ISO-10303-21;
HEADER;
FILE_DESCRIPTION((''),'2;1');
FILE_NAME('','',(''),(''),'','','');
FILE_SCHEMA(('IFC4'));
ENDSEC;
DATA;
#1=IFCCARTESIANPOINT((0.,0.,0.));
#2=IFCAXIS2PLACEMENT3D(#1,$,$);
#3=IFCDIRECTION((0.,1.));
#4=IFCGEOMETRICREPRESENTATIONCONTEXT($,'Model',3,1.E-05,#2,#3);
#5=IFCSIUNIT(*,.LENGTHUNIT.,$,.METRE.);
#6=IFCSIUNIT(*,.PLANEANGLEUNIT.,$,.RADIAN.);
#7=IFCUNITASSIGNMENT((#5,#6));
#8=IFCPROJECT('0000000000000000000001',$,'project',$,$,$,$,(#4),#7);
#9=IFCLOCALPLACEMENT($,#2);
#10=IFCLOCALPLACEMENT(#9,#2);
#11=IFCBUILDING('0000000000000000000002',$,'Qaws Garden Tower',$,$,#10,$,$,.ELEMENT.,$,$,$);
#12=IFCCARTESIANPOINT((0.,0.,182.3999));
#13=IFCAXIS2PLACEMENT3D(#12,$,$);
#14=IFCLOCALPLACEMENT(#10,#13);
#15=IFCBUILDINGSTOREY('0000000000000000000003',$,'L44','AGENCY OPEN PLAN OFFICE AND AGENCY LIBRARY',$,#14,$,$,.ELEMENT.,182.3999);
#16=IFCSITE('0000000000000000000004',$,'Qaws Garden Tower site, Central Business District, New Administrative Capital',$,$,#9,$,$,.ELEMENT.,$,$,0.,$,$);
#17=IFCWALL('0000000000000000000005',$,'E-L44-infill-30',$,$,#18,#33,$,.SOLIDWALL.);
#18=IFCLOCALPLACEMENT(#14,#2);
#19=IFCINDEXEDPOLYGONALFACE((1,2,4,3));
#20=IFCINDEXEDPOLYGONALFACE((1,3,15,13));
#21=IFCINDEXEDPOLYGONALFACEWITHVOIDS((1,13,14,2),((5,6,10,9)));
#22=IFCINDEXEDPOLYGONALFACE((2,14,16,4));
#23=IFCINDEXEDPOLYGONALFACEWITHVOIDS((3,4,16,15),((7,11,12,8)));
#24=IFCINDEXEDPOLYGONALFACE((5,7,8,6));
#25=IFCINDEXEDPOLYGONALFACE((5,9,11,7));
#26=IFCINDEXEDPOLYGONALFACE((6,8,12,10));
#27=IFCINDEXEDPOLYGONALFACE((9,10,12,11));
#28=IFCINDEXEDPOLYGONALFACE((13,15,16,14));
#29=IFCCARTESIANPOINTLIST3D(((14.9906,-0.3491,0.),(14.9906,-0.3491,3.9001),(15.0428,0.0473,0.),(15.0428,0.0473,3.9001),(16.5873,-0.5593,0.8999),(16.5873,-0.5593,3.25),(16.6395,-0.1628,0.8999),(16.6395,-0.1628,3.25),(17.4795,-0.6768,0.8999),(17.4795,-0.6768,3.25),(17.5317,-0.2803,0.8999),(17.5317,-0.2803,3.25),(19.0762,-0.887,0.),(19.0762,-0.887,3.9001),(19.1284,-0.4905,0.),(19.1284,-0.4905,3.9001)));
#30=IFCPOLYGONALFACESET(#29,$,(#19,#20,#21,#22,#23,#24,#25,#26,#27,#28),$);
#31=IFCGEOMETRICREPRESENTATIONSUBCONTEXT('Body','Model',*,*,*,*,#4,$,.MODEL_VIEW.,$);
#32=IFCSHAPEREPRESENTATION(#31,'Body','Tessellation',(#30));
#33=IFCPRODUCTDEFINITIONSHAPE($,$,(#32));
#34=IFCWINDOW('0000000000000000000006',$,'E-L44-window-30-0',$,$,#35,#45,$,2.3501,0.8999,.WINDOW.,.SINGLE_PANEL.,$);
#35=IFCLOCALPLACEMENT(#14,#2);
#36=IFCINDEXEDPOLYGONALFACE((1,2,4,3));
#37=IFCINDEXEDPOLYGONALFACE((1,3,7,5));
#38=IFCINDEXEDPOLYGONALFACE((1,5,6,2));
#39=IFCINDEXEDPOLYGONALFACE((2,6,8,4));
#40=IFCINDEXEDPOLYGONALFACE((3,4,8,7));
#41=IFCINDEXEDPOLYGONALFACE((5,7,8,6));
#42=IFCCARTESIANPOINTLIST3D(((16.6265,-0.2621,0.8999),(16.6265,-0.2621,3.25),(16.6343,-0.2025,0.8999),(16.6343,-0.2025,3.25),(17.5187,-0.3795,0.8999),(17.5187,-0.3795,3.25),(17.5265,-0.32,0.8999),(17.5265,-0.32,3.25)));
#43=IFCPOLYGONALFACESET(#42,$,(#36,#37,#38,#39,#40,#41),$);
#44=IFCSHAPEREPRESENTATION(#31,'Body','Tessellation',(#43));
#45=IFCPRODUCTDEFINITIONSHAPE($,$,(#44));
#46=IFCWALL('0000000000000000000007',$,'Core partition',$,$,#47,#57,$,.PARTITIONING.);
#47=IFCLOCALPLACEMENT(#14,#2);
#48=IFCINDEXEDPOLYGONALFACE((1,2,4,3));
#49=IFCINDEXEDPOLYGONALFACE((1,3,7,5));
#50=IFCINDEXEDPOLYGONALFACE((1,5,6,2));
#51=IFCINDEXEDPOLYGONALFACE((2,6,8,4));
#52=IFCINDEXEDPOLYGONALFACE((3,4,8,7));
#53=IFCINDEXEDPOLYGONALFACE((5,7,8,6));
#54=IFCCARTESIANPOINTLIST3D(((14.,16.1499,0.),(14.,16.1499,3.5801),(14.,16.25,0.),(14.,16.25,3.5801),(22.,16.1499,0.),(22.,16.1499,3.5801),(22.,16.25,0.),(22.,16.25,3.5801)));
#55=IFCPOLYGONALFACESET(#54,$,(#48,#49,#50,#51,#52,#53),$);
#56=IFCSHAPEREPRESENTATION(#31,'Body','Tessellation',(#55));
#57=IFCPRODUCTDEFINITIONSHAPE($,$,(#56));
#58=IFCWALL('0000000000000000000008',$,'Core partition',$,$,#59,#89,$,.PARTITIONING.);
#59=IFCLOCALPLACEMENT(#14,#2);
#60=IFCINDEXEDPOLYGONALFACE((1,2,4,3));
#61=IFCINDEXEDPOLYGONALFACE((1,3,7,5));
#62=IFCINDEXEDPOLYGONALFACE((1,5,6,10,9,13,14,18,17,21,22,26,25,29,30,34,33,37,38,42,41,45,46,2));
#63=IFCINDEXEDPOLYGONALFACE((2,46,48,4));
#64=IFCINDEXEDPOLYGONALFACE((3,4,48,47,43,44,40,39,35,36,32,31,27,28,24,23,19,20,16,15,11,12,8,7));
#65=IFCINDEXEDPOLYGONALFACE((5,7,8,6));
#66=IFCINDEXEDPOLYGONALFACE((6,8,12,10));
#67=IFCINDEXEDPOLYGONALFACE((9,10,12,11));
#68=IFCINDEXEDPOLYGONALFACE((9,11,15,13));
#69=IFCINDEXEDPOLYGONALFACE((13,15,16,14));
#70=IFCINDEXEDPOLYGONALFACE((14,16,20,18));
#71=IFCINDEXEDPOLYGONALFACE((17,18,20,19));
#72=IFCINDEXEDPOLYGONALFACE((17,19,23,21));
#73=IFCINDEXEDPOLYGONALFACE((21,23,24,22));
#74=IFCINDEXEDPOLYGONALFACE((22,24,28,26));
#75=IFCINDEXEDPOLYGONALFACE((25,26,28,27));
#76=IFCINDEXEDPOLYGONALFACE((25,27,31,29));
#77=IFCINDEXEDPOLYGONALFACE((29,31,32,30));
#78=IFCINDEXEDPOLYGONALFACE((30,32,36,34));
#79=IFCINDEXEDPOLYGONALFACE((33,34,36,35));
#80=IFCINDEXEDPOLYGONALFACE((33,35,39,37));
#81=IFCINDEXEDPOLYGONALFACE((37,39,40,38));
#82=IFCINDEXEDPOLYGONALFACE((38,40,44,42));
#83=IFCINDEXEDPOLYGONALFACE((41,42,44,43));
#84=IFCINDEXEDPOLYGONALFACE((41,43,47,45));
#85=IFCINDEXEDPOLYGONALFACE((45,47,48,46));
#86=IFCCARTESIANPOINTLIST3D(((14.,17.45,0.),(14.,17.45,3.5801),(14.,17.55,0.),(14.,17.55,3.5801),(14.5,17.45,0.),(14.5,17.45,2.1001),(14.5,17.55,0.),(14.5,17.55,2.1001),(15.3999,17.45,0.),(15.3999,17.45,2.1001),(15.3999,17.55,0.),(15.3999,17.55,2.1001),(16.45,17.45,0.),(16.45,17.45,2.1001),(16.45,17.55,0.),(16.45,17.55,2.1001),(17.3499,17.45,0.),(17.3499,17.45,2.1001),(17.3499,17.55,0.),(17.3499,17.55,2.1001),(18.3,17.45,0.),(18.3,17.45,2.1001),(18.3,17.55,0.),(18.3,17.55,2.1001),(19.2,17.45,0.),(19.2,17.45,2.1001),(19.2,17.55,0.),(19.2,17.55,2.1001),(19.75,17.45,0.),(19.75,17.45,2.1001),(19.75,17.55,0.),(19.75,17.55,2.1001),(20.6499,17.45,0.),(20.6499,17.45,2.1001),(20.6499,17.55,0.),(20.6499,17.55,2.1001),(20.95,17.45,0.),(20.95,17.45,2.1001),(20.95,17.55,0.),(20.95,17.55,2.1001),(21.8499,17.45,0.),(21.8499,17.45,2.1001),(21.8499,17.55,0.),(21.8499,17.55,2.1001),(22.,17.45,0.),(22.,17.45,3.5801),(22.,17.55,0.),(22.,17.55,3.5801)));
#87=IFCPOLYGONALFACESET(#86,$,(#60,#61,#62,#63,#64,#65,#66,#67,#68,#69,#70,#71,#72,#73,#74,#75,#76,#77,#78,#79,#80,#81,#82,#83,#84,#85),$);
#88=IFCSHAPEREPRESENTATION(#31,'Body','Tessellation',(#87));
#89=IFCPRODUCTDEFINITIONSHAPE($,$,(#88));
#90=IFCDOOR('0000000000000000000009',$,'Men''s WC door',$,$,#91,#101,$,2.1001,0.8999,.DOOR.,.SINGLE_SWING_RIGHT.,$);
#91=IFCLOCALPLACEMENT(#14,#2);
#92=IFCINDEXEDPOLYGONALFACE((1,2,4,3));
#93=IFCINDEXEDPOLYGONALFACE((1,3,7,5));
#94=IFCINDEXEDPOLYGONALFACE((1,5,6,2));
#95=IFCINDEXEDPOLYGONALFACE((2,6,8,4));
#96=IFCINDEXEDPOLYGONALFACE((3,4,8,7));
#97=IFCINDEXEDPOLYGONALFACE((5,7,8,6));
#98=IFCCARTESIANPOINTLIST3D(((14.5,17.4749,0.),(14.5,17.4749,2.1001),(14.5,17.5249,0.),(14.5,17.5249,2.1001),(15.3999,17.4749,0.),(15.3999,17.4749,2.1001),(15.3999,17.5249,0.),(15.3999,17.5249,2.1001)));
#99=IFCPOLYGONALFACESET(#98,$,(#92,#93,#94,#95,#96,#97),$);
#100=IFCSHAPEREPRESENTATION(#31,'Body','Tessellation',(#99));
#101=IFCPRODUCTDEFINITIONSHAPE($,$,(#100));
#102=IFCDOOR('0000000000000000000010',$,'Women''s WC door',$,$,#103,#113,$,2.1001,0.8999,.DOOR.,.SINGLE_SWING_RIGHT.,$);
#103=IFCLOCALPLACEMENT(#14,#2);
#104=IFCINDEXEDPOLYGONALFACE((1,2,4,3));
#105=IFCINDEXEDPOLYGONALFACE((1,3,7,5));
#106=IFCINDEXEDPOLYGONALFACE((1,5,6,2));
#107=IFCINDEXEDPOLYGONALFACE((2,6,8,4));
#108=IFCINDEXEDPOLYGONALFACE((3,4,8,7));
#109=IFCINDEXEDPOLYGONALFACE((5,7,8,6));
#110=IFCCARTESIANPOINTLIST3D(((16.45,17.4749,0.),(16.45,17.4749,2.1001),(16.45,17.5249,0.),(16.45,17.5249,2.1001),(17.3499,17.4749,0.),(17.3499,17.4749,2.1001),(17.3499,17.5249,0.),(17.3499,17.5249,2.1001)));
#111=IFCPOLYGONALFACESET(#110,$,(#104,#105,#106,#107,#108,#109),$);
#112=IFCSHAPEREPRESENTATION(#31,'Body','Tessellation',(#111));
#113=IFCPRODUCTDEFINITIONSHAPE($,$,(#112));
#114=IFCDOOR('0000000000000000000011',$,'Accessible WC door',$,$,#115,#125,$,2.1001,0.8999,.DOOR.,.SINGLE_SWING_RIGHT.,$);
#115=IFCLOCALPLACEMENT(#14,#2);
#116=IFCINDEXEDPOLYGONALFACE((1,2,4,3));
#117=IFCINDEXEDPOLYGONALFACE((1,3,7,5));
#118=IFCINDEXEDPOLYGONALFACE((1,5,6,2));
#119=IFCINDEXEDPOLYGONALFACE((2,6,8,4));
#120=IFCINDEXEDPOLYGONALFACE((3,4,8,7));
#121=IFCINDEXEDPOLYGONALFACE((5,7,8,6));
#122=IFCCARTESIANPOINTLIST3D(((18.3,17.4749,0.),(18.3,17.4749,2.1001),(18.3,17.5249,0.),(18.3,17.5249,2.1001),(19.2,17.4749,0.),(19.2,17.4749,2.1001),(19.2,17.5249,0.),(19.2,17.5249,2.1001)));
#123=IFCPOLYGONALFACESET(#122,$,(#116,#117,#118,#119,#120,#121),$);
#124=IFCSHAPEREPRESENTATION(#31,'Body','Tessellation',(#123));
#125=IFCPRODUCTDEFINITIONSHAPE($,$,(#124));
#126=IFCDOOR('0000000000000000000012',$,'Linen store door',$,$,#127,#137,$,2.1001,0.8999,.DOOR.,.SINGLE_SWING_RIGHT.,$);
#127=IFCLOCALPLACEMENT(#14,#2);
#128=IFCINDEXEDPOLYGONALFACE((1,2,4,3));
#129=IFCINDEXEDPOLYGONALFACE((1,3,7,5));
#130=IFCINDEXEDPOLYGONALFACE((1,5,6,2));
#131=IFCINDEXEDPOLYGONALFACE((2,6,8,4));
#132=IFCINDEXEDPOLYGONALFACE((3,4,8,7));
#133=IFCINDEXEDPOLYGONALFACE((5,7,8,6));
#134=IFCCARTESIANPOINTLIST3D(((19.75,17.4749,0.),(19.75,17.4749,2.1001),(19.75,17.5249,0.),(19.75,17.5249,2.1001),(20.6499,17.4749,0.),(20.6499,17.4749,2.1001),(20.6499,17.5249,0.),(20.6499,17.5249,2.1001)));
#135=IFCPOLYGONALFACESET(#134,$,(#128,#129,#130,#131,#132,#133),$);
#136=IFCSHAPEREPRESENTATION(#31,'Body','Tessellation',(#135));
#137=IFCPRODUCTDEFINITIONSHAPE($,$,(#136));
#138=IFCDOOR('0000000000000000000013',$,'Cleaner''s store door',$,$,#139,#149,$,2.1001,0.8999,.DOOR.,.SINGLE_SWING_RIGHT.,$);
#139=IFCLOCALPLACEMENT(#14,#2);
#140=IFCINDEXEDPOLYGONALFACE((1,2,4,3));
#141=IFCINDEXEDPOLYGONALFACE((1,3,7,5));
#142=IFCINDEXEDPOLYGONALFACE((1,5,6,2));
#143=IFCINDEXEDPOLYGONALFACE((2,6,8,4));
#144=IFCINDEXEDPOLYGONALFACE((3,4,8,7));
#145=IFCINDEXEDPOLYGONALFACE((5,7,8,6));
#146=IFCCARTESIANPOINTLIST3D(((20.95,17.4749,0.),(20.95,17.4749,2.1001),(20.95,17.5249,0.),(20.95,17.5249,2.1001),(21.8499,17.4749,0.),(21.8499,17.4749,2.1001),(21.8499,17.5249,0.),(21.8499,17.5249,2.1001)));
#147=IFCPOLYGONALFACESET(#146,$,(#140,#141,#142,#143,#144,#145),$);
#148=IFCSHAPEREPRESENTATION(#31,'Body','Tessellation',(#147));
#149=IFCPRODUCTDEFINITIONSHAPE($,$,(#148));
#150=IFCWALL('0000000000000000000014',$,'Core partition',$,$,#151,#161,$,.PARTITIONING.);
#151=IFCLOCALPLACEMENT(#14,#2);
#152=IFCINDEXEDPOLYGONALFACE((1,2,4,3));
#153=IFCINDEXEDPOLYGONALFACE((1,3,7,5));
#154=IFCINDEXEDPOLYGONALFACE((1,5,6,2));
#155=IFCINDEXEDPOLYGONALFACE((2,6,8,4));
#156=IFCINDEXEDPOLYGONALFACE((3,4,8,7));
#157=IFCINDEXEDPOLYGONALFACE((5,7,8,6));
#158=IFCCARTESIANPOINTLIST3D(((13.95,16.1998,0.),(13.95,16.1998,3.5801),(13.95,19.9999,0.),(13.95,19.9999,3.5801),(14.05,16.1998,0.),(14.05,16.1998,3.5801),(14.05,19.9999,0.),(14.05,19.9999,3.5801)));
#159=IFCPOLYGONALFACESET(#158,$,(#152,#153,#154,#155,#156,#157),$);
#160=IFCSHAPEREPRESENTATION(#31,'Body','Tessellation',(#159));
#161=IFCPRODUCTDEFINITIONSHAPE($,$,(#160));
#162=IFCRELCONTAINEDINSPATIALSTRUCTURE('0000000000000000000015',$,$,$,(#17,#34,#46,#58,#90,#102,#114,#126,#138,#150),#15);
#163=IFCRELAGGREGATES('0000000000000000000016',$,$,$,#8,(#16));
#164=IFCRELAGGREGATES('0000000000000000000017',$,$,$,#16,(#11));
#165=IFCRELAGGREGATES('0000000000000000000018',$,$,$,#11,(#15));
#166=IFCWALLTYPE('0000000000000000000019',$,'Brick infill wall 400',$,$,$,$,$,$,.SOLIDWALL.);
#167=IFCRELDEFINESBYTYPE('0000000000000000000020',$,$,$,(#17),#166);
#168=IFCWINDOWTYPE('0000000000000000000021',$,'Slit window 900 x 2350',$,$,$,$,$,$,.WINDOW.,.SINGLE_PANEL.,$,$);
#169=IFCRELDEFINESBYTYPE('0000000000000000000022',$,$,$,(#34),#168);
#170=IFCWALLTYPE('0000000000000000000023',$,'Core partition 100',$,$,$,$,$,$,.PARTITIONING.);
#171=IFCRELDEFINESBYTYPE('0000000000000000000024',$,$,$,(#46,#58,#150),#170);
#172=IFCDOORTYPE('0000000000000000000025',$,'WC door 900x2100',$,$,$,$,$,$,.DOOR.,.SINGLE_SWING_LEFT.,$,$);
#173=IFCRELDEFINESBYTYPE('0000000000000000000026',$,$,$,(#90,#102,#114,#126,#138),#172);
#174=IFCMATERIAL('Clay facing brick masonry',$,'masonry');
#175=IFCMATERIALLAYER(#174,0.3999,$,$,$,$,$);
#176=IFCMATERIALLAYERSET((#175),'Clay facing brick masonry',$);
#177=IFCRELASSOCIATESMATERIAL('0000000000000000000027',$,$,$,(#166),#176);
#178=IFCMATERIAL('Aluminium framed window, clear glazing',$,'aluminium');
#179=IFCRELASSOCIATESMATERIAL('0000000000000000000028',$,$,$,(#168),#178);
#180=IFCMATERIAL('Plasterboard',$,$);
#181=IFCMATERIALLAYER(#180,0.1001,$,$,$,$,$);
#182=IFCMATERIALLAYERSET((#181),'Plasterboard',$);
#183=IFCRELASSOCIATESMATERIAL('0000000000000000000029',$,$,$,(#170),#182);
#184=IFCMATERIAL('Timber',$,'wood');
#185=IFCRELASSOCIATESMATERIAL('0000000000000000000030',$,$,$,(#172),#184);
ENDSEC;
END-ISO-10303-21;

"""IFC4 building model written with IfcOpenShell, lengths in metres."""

from ifc_helpers import new_model, si_unit, direction, frame, frame_2d, origin, place, context, subcontext, project, spatial, rectangle, extrude, material, layer, layer_set, type_object, element, fill, save


model = new_model("IFC4")

# Units and contexts
model_context = context("Model", 3, precision=1e-05, world=origin(), true_north=direction((0.0, 1.0)))
body_context = subcontext(model_context, "Body", "Model", "MODEL_VIEW")
ifc_project = project(units=[si_unit("LENGTHUNIT", "METRE"), si_unit("PLANEANGLEUNIT", "RADIAN")], contexts=[model_context])

# Site, building, storey
site_placement = place(None, origin())
site = spatial("IfcSite", under=ifc_project, at=site_placement, Name="Qaws Garden Tower site, Central Business District, New Administrative Capital", CompositionType="ELEMENT", RefElevation=0.0)
building_placement = place(site_placement, origin())
building = spatial("IfcBuilding", under=site, at=building_placement, Name="Qaws Garden Tower", CompositionType="ELEMENT")
storey_placement = place(building_placement, frame((0.0, 0.0, 182.3999)))
storey = spatial("IfcBuildingStorey", under=building, at=storey_placement, Name="L44", Description="AGENCY OPEN PLAN OFFICE AND AGENCY LIBRARY", CompositionType="ELEMENT", Elevation=182.3999)

# Shared definitions
ifc_material_1 = material(Name="Clay facing brick masonry", Category="masonry")
ifc_layer_1 = layer(ifc_material_1, 0.3999)
ifc_layer_set_1 = layer_set([ifc_layer_1], Name="Clay facing brick masonry")
wall_type_1 = type_object("IfcWallType", Name="Brick infill wall 400", PredefinedType="SOLIDWALL", material=ifc_layer_set_1)
ifc_material_2 = material(Name="Aluminium framed window, clear glazing", Category="aluminium")
window_type = type_object("IfcWindowType", Name="Slit window 900 x 2350", PartitioningType="SINGLE_PANEL", PredefinedType="WINDOW", material=ifc_material_2)

# Wall, opening, window
wall_1_placement = place(storey_placement, frame((15.0166, -0.1509, 0.0), z_axis=(0.0, 0.0, 1.0), x_axis=(0.991446, -0.130514, 0.0)))
wall_1 = element("IfcWall", 1, at=wall_1_placement, inside=storey, type_object=wall_type_1, Name="E-L44-infill-30", PredefinedType="SOLIDWALL", context=body_context, shape_type="SweptSolid", body=[
    extrude(rectangle(XDim=4.1208, YDim=0.3999, at=frame_2d((2.0605, 0.0))), origin(), (0.0, 0.0, 1.0), 3.9001),
])
opening_1_placement = place(wall_1_placement, frame((1.6106, 0.0, 0.8999)))
opening_1 = element("IfcOpeningElement", 2, at=opening_1_placement, cuts=wall_1, PredefinedType="OPENING", context=body_context, shape_type="SweptSolid", body=[
    extrude(rectangle(XDim=0.8999, YDim=2.3501, at=frame_2d((0.45, 1.175))), frame((0.0, 0.21, 0.0), z_axis=(0.0, -1.0, 0.0), x_axis=(1.0, 0.0, 0.0)), (0.0, 0.0, 1.0), 0.4199),
])
window_1_placement = place(opening_1_placement, origin())
window_1 = element("IfcWindow", 3, at=window_1_placement, inside=storey, type_object=window_type, Name="E-L44-window-30-0", OverallHeight=2.3501, OverallWidth=0.8999, PartitioningType="SINGLE_PANEL", PredefinedType="WINDOW", context=body_context, shape_type="SweptSolid", body=[
    extrude(rectangle(XDim=0.8999, YDim=2.3501, at=frame_2d((0.45, 1.175))), frame((0.0, 0.1599, 0.0), z_axis=(0.0, -1.0, 0.0), x_axis=(1.0, 0.0, 0.0)), (0.0, 0.0, 1.0), 0.0601),
])
fill(opening_1, window_1)

# Wall
ifc_material_3 = material(Name="Plasterboard")
ifc_layer_2 = layer(ifc_material_3, 0.1001)
ifc_layer_set_2 = layer_set([ifc_layer_2], Name="Plasterboard")
wall_type_2 = type_object("IfcWallType", Name="Core partition 100", PredefinedType="PARTITIONING", material=ifc_layer_set_2)
wall_2_placement = place(storey_placement, frame((14.0, 16.2, 0.0), z_axis=(0.0, 0.0, 1.0), x_axis=(1.0, 0.0, 0.0)))
element("IfcWall", 4, at=wall_2_placement, inside=storey, type_object=wall_type_2, Name="Core partition", PredefinedType="PARTITIONING", context=body_context, shape_type="SweptSolid", body=[
    extrude(rectangle(XDim=8.0, YDim=0.1001, at=frame_2d((4.0, 0.0))), origin(), (0.0, 0.0, 1.0), 3.5801),
])

# Wall, openings, doors
wall_3_placement = place(storey_placement, frame((14.0, 17.5, 0.0), z_axis=(0.0, 0.0, 1.0), x_axis=(1.0, 0.0, 0.0)))
wall_3 = element("IfcWall", 5, at=wall_3_placement, inside=storey, type_object=wall_type_2, Name="Core partition", PredefinedType="PARTITIONING", context=body_context, shape_type="SweptSolid", body=[
    extrude(rectangle(XDim=8.0, YDim=0.1001, at=frame_2d((4.0, 0.0))), origin(), (0.0, 0.0, 1.0), 3.5801),
])
opening_2_placement = place(wall_3_placement, frame((0.5, 0.0, 0.0)))
opening_2 = element("IfcOpeningElement", 6, at=opening_2_placement, cuts=wall_3, PredefinedType="OPENING", context=body_context, shape_type="SweptSolid", body=[
    extrude(rectangle(XDim=0.8999, YDim=2.1001, at=frame_2d((0.45, 1.05))), frame((0.0, 0.0601, 0.0), z_axis=(0.0, -1.0, 0.0), x_axis=(1.0, 0.0, 0.0)), (0.0, 0.0, 1.0), 0.1201),
])
opening_3_placement = place(wall_3_placement, frame((2.45, 0.0, 0.0)))
opening_3 = element("IfcOpeningElement", 7, at=opening_3_placement, cuts=wall_3, PredefinedType="OPENING", context=body_context, shape_type="SweptSolid", body=[
    extrude(rectangle(XDim=0.8999, YDim=2.1001, at=frame_2d((0.45, 1.05))), frame((0.0, 0.0601, 0.0), z_axis=(0.0, -1.0, 0.0), x_axis=(1.0, 0.0, 0.0)), (0.0, 0.0, 1.0), 0.1201),
])
opening_4_placement = place(wall_3_placement, frame((4.3, 0.0, 0.0)))
opening_4 = element("IfcOpeningElement", 8, at=opening_4_placement, cuts=wall_3, PredefinedType="OPENING", context=body_context, shape_type="SweptSolid", body=[
    extrude(rectangle(XDim=0.8999, YDim=2.1001, at=frame_2d((0.45, 1.05))), frame((0.0, 0.0601, 0.0), z_axis=(0.0, -1.0, 0.0), x_axis=(1.0, 0.0, 0.0)), (0.0, 0.0, 1.0), 0.1201),
])
opening_5_placement = place(wall_3_placement, frame((5.75, 0.0, 0.0)))
opening_5 = element("IfcOpeningElement", 9, at=opening_5_placement, cuts=wall_3, PredefinedType="OPENING", context=body_context, shape_type="SweptSolid", body=[
    extrude(rectangle(XDim=0.8999, YDim=2.1001, at=frame_2d((0.45, 1.05))), frame((0.0, 0.0601, 0.0), z_axis=(0.0, -1.0, 0.0), x_axis=(1.0, 0.0, 0.0)), (0.0, 0.0, 1.0), 0.1201),
])
opening_6_placement = place(wall_3_placement, frame((6.95, 0.0, 0.0)))
opening_6 = element("IfcOpeningElement", 10, at=opening_6_placement, cuts=wall_3, PredefinedType="OPENING", context=body_context, shape_type="SweptSolid", body=[
    extrude(rectangle(XDim=0.8999, YDim=2.1001, at=frame_2d((0.45, 1.05))), frame((0.0, 0.0601, 0.0), z_axis=(0.0, -1.0, 0.0), x_axis=(1.0, 0.0, 0.0)), (0.0, 0.0, 1.0), 0.1201),
])
ifc_material_4 = material(Name="Timber", Category="wood")
door_type_1 = type_object("IfcDoorType", Name="WC door 900x2100", OperationType="SINGLE_SWING_LEFT", PredefinedType="DOOR", material=ifc_material_4)
door_1_placement = place(opening_2_placement, origin())
door_1 = element("IfcDoor", 11, at=door_1_placement, inside=storey, type_object=door_type_1, Name="Men's WC door", OperationType="SINGLE_SWING_RIGHT", OverallHeight=2.1001, OverallWidth=0.8999, PredefinedType="DOOR", context=body_context, shape_type="SweptSolid", body=[
    extrude(rectangle(XDim=0.8999, YDim=2.1001, at=frame_2d((0.45, 1.05))), frame((0.0, 0.0249, 0.0), z_axis=(0.0, -1.0, 0.0), x_axis=(1.0, 0.0, 0.0)), (0.0, 0.0, 1.0), 0.05),
])
fill(opening_2, door_1)
door_2_placement = place(opening_3_placement, origin())
door_2 = element("IfcDoor", 12, at=door_2_placement, inside=storey, type_object=door_type_1, Name="Women's WC door", OperationType="SINGLE_SWING_RIGHT", OverallHeight=2.1001, OverallWidth=0.8999, PredefinedType="DOOR", context=body_context, shape_type="SweptSolid", body=[
    extrude(rectangle(XDim=0.8999, YDim=2.1001, at=frame_2d((0.45, 1.05))), frame((0.0, 0.0249, 0.0), z_axis=(0.0, -1.0, 0.0), x_axis=(1.0, 0.0, 0.0)), (0.0, 0.0, 1.0), 0.05),
])
fill(opening_3, door_2)
door_3_placement = place(opening_4_placement, origin())
door_3 = element("IfcDoor", 13, at=door_3_placement, inside=storey, type_object=door_type_1, Name="Accessible WC door", OperationType="SINGLE_SWING_RIGHT", OverallHeight=2.1001, OverallWidth=0.8999, PredefinedType="DOOR", context=body_context, shape_type="SweptSolid", body=[
    extrude(rectangle(XDim=0.8999, YDim=2.1001, at=frame_2d((0.45, 1.05))), frame((0.0, 0.0249, 0.0), z_axis=(0.0, -1.0, 0.0), x_axis=(1.0, 0.0, 0.0)), (0.0, 0.0, 1.0), 0.05),
])
fill(opening_4, door_3)
door_4_placement = place(opening_5_placement, origin())
door_4 = element("IfcDoor", 14, at=door_4_placement, inside=storey, type_object=door_type_1, Name="Linen store door", OperationType="SINGLE_SWING_RIGHT", OverallHeight=2.1001, OverallWidth=0.8999, PredefinedType="DOOR", context=body_context, shape_type="SweptSolid", body=[
    extrude(rectangle(XDim=0.8999, YDim=2.1001, at=frame_2d((0.45, 1.05))), frame((0.0, 0.0249, 0.0), z_axis=(0.0, -1.0, 0.0), x_axis=(1.0, 0.0, 0.0)), (0.0, 0.0, 1.0), 0.05),
])
fill(opening_5, door_4)
door_5_placement = place(opening_6_placement, origin())
door_5 = element("IfcDoor", 15, at=door_5_placement, inside=storey, type_object=door_type_1, Name="Cleaner's store door", OperationType="SINGLE_SWING_RIGHT", OverallHeight=2.1001, OverallWidth=0.8999, PredefinedType="DOOR", context=body_context, shape_type="SweptSolid", body=[
    extrude(rectangle(XDim=0.8999, YDim=2.1001, at=frame_2d((0.45, 1.05))), frame((0.0, 0.0249, 0.0), z_axis=(0.0, -1.0, 0.0), x_axis=(1.0, 0.0, 0.0)), (0.0, 0.0, 1.0), 0.05),
])
fill(opening_6, door_5)

# Wall
wall_4_placement = place(storey_placement, frame((14.0, 16.2, 0.0), z_axis=(0.0, 0.0, 1.0), x_axis=(0.0, 1.0, 0.0)))
element("IfcWall", 16, at=wall_4_placement, inside=storey, type_object=wall_type_2, Name="Core partition", PredefinedType="PARTITIONING", context=body_context, shape_type="SweptSolid", body=[
    extrude(rectangle(XDim=3.8, YDim=0.1001, at=frame_2d((1.8999, 0.0))), origin(), (0.0, 0.0, 1.0), 3.5801),
])

save(model, "model.ifc")
